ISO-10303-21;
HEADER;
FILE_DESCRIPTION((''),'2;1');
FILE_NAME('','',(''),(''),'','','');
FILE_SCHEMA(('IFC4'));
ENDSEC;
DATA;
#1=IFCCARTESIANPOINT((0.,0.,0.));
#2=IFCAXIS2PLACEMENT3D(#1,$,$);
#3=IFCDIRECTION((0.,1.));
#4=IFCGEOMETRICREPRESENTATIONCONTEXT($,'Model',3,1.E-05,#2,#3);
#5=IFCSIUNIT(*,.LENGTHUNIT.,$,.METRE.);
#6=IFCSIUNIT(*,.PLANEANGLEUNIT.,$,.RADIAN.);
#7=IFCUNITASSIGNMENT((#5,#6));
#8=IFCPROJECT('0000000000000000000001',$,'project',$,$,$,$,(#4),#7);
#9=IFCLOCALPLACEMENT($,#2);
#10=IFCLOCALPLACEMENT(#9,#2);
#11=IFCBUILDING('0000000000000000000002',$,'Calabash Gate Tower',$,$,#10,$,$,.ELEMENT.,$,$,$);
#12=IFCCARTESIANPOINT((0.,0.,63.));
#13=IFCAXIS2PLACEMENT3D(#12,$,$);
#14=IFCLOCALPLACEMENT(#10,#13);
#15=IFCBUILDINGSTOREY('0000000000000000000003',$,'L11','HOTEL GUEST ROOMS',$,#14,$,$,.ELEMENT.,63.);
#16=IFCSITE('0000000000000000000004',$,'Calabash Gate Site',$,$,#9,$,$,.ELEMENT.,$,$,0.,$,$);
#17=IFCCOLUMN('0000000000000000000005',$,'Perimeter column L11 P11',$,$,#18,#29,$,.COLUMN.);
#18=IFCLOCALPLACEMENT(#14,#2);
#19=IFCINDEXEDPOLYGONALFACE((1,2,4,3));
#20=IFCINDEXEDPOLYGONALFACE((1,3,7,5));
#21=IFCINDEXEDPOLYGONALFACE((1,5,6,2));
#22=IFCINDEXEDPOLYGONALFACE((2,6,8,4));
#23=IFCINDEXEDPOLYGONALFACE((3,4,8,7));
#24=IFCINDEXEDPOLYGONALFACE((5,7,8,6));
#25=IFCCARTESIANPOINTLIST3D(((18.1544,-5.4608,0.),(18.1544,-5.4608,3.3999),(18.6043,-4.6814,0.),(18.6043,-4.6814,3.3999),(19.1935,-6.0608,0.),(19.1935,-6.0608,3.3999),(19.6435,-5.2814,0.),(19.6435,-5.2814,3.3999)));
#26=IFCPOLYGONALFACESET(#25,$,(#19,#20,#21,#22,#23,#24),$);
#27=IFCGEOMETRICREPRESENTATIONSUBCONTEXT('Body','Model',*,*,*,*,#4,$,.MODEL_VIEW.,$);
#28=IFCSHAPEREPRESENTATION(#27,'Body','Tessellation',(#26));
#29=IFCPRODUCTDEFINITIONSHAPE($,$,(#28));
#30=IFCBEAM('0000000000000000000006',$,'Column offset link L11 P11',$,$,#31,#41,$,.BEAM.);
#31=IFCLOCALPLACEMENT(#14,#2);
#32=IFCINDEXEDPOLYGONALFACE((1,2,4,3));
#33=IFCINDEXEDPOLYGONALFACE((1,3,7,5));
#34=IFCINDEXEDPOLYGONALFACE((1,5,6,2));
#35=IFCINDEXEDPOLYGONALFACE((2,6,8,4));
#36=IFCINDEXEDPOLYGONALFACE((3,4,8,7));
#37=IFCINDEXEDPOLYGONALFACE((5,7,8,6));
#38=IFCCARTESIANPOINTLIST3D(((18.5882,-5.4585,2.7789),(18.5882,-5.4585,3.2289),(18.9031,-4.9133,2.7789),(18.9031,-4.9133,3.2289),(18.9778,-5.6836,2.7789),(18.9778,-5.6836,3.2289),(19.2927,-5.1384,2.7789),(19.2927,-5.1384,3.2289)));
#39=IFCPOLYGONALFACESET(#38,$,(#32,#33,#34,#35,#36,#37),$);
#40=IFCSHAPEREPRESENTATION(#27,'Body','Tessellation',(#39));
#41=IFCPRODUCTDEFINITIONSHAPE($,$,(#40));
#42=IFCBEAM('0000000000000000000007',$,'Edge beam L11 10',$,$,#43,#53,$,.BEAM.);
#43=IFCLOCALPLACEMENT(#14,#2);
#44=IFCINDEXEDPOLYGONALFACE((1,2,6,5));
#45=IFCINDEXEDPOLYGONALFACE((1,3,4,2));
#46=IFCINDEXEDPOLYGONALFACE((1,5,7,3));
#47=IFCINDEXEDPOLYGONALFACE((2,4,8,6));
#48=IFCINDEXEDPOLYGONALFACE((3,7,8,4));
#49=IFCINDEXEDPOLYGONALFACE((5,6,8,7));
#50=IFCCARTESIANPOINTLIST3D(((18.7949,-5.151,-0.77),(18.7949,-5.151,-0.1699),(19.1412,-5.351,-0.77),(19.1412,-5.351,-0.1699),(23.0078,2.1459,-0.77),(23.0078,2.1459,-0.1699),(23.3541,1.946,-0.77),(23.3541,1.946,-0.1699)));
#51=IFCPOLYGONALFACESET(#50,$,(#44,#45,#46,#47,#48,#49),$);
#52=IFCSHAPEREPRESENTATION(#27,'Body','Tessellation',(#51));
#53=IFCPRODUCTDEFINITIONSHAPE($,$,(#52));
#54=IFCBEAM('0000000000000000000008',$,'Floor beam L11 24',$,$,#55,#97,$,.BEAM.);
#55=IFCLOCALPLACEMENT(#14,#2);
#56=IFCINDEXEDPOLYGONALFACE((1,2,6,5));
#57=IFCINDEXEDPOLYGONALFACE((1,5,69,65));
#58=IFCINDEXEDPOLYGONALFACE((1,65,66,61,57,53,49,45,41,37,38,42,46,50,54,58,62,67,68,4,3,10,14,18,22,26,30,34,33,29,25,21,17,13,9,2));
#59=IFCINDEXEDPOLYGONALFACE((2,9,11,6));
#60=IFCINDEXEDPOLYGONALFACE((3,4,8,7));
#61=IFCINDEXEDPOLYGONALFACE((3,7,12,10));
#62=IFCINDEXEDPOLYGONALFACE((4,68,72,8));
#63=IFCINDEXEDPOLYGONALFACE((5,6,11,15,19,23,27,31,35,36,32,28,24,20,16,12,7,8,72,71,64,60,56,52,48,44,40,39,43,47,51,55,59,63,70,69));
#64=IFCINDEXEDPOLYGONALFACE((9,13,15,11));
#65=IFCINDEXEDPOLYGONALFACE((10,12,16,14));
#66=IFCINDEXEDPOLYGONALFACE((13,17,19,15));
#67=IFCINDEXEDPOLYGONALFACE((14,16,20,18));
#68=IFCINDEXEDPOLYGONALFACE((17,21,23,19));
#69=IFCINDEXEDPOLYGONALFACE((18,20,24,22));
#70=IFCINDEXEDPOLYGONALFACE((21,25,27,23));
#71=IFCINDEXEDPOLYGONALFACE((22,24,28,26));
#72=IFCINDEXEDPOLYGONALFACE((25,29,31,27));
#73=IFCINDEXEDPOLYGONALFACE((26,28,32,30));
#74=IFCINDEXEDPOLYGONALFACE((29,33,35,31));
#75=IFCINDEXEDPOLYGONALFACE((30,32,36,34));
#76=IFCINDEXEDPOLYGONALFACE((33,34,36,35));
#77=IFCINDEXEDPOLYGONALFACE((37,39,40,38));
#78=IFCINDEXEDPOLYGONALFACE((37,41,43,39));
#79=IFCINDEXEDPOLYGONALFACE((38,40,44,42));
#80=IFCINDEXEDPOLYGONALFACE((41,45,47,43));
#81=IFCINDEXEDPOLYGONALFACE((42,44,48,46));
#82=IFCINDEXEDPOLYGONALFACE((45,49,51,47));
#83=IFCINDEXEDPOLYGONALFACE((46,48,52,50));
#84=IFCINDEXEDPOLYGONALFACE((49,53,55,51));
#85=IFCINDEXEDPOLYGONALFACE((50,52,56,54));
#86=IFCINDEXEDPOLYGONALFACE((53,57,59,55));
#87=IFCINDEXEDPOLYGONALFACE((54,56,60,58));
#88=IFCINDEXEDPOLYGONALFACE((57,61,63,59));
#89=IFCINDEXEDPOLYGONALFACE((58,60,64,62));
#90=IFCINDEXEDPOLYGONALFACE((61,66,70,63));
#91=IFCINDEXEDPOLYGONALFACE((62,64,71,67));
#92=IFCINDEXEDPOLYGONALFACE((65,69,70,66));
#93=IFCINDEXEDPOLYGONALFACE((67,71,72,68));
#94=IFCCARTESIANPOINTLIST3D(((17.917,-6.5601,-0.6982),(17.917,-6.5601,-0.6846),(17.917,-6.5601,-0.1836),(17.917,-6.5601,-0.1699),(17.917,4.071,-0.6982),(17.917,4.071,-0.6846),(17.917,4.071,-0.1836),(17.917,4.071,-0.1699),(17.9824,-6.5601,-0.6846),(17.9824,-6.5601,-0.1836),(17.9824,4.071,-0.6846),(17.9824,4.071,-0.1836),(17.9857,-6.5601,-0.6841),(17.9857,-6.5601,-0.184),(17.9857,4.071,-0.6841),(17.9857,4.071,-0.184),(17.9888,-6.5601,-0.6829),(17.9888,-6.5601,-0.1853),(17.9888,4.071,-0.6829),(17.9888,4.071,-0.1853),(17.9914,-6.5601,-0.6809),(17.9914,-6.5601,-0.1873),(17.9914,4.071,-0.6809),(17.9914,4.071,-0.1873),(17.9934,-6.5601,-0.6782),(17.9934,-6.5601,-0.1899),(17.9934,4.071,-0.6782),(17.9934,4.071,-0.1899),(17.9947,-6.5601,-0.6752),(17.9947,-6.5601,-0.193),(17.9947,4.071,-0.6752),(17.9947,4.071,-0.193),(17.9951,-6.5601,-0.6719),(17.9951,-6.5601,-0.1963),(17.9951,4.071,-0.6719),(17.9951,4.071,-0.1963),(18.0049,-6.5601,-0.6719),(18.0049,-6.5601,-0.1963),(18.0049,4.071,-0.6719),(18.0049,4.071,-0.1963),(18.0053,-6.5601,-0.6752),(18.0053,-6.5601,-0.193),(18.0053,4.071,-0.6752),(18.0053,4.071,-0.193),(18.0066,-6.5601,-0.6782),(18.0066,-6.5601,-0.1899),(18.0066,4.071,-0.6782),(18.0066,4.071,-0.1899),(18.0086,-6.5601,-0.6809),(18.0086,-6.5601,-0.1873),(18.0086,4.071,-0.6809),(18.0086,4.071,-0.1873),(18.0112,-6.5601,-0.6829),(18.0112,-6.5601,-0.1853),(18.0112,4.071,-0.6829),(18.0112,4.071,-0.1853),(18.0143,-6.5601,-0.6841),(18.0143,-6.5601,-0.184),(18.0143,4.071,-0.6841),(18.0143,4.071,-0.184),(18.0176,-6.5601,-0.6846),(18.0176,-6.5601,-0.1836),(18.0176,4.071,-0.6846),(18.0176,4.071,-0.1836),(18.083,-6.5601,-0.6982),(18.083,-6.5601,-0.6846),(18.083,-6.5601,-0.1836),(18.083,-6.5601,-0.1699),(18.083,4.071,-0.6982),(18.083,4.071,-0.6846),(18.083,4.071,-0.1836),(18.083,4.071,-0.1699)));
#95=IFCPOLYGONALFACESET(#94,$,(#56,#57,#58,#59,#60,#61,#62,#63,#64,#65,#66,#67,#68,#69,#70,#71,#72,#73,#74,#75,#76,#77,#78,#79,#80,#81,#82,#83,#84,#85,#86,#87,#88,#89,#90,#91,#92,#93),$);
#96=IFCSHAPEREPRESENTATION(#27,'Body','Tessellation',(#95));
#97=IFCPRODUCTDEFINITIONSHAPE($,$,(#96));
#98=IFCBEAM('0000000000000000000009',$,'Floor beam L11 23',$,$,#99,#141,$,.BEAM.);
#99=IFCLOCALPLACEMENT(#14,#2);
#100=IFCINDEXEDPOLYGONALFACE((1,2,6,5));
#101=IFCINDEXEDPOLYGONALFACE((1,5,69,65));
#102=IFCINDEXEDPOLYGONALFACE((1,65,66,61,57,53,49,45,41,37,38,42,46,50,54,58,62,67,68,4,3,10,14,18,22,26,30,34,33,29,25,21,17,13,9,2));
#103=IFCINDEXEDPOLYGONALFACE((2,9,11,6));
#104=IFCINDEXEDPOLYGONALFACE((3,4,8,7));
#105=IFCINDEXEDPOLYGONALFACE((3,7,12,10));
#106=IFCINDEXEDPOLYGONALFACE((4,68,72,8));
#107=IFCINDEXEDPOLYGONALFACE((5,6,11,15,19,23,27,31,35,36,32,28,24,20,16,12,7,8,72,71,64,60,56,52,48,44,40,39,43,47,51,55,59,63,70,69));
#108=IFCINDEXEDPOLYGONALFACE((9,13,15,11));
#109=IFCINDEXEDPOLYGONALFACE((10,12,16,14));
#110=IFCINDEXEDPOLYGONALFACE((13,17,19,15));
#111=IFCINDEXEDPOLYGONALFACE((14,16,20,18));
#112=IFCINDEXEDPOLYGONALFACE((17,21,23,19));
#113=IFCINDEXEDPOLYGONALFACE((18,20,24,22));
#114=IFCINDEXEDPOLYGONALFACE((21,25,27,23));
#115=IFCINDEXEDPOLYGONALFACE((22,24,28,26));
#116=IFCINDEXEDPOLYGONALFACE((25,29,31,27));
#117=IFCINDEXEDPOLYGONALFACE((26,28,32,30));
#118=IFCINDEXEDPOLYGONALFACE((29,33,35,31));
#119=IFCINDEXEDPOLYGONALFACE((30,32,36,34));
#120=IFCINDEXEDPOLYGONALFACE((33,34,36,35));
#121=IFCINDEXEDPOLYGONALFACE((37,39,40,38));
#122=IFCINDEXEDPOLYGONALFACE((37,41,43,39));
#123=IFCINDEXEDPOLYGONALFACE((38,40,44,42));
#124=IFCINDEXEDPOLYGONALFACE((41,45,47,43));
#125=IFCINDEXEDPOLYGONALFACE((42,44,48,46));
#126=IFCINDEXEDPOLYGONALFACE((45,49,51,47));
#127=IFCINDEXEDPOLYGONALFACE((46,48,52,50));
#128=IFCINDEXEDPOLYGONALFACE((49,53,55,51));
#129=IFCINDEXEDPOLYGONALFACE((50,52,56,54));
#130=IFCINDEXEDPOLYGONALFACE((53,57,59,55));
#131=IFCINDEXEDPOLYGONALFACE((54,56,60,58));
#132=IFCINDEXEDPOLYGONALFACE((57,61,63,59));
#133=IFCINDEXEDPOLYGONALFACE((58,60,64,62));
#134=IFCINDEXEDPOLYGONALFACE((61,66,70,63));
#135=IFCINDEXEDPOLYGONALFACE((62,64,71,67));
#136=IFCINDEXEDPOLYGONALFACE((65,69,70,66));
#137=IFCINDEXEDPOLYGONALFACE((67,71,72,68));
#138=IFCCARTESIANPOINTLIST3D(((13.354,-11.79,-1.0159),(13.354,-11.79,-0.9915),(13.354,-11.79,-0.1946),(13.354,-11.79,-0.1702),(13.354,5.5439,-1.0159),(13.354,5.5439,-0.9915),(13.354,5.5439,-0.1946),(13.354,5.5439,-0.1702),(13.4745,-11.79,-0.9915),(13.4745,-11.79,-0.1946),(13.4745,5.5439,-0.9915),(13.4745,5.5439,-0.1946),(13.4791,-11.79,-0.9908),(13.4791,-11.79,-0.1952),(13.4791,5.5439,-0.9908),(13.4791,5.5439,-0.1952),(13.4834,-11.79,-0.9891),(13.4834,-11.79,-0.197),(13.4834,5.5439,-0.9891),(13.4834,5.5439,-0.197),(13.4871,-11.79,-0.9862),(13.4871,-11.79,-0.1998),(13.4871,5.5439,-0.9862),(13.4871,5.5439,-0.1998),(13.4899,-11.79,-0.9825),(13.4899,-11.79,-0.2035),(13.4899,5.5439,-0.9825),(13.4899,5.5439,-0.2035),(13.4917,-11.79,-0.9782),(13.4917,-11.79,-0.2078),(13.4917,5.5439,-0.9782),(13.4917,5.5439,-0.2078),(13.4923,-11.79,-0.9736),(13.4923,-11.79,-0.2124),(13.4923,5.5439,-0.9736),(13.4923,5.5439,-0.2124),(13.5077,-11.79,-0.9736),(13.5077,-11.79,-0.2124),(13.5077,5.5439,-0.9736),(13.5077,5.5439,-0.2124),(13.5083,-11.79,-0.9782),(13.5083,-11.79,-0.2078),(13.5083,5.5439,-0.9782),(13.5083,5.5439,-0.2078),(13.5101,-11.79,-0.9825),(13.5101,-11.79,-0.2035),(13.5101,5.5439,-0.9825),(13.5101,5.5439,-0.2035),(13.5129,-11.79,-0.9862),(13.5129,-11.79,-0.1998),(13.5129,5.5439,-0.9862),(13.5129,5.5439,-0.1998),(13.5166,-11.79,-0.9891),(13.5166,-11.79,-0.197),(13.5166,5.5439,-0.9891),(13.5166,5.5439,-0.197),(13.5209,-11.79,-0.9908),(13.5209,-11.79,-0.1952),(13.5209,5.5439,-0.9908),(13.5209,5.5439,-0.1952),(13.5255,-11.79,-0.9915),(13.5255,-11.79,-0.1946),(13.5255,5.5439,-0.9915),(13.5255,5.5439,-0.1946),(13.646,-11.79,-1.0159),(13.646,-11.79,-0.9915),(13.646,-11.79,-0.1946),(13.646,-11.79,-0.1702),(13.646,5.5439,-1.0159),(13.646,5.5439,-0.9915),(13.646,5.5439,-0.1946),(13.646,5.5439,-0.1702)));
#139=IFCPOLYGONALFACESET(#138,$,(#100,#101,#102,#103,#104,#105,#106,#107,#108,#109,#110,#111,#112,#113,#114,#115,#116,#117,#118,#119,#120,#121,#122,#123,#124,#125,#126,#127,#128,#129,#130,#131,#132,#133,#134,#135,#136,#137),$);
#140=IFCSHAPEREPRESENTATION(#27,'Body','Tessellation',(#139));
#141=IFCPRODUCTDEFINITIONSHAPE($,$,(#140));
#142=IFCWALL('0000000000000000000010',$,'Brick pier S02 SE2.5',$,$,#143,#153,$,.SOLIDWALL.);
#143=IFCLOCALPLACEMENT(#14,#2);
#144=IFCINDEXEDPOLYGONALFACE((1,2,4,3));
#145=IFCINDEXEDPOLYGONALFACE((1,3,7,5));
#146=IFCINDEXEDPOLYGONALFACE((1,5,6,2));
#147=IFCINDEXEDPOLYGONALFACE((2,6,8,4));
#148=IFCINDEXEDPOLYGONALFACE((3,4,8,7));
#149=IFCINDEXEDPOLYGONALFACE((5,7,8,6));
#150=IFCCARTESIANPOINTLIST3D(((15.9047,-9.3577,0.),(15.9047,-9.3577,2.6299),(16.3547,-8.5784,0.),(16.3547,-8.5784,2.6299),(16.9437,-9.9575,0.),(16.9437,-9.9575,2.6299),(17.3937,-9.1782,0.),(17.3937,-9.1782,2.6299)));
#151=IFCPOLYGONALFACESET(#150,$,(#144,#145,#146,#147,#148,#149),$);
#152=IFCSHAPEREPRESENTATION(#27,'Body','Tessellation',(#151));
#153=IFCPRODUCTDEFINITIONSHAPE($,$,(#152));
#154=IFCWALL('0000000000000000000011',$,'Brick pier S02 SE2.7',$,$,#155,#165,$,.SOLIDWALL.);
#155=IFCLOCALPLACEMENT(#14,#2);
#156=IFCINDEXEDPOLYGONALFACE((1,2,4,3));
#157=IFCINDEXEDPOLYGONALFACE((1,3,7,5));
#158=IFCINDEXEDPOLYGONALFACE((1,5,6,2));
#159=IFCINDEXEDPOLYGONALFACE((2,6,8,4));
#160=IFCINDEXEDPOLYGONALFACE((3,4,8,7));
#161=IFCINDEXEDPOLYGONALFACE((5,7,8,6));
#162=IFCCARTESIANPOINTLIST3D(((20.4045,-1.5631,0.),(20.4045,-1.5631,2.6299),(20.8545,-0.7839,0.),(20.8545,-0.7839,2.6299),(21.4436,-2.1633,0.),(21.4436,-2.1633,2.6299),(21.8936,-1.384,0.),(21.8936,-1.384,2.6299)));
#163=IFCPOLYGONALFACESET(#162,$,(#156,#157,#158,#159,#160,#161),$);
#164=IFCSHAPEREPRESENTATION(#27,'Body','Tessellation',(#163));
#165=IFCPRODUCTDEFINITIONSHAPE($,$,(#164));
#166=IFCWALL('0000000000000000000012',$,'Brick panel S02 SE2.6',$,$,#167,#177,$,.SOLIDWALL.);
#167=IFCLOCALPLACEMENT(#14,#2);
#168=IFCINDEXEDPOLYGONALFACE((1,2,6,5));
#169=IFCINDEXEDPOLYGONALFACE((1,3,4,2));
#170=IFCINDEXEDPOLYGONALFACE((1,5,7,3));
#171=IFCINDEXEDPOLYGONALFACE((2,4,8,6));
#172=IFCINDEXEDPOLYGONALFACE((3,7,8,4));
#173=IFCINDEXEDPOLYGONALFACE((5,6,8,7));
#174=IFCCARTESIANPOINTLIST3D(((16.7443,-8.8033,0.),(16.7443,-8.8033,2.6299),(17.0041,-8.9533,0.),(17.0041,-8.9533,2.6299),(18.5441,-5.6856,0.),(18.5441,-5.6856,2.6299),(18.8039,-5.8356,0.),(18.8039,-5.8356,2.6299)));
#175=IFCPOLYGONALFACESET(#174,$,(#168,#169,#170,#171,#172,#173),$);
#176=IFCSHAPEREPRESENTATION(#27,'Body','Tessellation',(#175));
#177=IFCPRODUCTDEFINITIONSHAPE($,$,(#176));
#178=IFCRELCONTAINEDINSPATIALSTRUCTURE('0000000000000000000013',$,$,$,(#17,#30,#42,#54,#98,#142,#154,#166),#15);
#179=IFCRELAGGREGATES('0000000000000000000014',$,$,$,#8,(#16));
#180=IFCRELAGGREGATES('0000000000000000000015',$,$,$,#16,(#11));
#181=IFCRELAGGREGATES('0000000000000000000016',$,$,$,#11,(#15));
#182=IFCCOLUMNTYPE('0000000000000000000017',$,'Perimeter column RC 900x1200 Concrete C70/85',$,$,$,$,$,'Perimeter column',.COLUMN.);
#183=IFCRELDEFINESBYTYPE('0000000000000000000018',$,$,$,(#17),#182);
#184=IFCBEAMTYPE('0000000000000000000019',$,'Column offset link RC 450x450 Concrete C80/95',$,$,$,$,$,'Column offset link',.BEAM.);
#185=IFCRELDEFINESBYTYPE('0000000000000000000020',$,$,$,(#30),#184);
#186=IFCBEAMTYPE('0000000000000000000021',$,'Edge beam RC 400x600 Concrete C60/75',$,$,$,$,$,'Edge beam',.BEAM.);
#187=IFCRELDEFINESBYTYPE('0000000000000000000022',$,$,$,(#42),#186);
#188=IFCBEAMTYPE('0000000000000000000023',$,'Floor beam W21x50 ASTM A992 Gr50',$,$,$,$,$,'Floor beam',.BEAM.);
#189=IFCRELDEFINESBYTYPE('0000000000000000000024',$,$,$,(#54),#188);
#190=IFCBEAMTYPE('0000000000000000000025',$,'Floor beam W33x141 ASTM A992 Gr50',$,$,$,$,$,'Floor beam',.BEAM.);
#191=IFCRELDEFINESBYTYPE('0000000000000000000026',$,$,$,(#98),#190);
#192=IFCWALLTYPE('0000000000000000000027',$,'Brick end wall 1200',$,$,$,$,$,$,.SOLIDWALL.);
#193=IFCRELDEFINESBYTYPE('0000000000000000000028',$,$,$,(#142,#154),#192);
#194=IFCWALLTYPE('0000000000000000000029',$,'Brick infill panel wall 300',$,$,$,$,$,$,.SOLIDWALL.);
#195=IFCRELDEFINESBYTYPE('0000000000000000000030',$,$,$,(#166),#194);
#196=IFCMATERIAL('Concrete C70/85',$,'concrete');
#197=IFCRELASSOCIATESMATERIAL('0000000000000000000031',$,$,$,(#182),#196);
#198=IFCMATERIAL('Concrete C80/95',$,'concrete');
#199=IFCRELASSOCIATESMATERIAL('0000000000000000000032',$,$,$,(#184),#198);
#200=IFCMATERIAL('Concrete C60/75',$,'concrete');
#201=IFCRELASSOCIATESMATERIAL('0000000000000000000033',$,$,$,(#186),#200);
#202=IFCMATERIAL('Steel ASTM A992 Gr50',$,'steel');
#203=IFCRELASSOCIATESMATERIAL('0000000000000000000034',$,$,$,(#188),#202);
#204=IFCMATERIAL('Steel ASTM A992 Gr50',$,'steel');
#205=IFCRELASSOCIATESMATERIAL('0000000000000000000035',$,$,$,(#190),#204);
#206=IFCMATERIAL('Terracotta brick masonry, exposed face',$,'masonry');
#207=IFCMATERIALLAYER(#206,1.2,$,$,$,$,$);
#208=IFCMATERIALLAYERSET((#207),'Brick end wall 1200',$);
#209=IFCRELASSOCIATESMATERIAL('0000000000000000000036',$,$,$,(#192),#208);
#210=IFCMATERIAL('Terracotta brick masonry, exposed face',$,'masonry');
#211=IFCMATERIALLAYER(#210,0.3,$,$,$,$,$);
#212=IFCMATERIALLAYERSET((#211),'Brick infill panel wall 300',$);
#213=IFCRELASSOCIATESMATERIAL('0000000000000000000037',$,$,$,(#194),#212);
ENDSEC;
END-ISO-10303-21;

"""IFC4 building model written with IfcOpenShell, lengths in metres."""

from ifc_helpers import new_model, si_unit, direction, frame, frame_2d, origin, origin_2d, place, context, subcontext, project, spatial, rectangle, i_section, extrude, material, layer, layer_set, material_profile, profile_set, type_object, element, save


model = new_model("IFC4")

# Units and contexts
model_context = context("Model", 3, precision=1e-05, world=origin(), true_north=direction((0.0, 1.0)))
body_context = subcontext(model_context, "Body", "Model", "MODEL_VIEW")
ifc_project = project(units=[si_unit("LENGTHUNIT", "METRE"), si_unit("PLANEANGLEUNIT", "RADIAN")], contexts=[model_context])

# Site, building, storey
site_placement = place(None, origin())
site = spatial("IfcSite", under=ifc_project, at=site_placement, Name="Calabash Gate Site", CompositionType="ELEMENT", RefElevation=0.0)
building_placement = place(site_placement, origin())
building = spatial("IfcBuilding", under=site, at=building_placement, Name="Calabash Gate Tower", CompositionType="ELEMENT")
storey_placement = place(building_placement, frame((0.0, 0.0, 63.0)))
storey = spatial("IfcBuildingStorey", under=building, at=storey_placement, Name="L11", Description="HOTEL GUEST ROOMS", CompositionType="ELEMENT", Elevation=63.0)

# Column
ifc_material_1 = material(Name="Concrete C70/85", Category="concrete")
ifc_material_profile_1 = material_profile(ifc_material_1, rectangle(XDim=0.8999, YDim=1.2, at=origin_2d()))
ifc_profile_set_1 = profile_set([ifc_material_profile_1], Name="Concrete C70/85")
column_type = type_object("IfcColumnType", Name="Perimeter column RC 900x1200 Concrete C70/85", ElementType="Perimeter column", PredefinedType="COLUMN", material=ifc_profile_set_1)
column_placement = place(storey_placement, frame((18.8989, -5.3711, 0.0), z_axis=(0.0, 0.0, 1.0), x_axis=(0.5, 0.866025, 0.0)))
element("IfcColumn", 1, at=column_placement, inside=storey, type_object=column_type, Name="Perimeter column L11 P11", PredefinedType="COLUMN", context=body_context, shape_type="SweptSolid", body=[
    extrude(rectangle(XDim=0.8999, YDim=1.2, at=origin_2d()), origin(), (0.0, 0.0, 1.0), 3.3999),
])

# Beams
ifc_material_2 = material(Name="Concrete C80/95", Category="concrete")
ifc_material_profile_2 = material_profile(ifc_material_2, rectangle(XDim=0.45, YDim=0.45, at=origin_2d()))
ifc_profile_set_2 = profile_set([ifc_material_profile_2], Name="Concrete C80/95")
beam_type_1 = type_object("IfcBeamType", Name="Column offset link RC 450x450 Concrete C80/95", ElementType="Column offset link", PredefinedType="BEAM", material=ifc_profile_set_2)
beam_1_placement = place(storey_placement, frame((18.783, -5.571, 3.0039), z_axis=(0.500226, 0.865895, 0.0), x_axis=(-0.865895, 0.500226, 0.0)))
element("IfcBeam", 2, at=beam_1_placement, inside=storey, type_object=beam_type_1, Name="Column offset link L11 P11", PredefinedType="BEAM", context=body_context, shape_type="SweptSolid", body=[
    extrude(rectangle(XDim=0.45, YDim=0.45, at=origin_2d()), origin(), (0.0, 0.0, 1.0), 0.6296),
])
ifc_material_3 = material(Name="Concrete C60/75", Category="concrete")
ifc_material_profile_3 = material_profile(ifc_material_3, rectangle(XDim=0.3999, YDim=0.6001, at=origin_2d()))
ifc_profile_set_3 = profile_set([ifc_material_profile_3], Name="Concrete C60/75")
beam_type_2 = type_object("IfcBeamType", Name="Edge beam RC 400x600 Concrete C60/75", ElementType="Edge beam", PredefinedType="BEAM", material=ifc_profile_set_3)
beam_2_placement = place(storey_placement, frame((18.968, -5.251, -0.47), z_axis=(0.500003, 0.866023, 0.0), x_axis=(-0.866023, 0.500003, 0.0)))
element("IfcBeam", 3, at=beam_2_placement, inside=storey, type_object=beam_type_2, Name="Edge beam L11 10", PredefinedType="BEAM", context=body_context, shape_type="SweptSolid", body=[
    extrude(rectangle(XDim=0.3999, YDim=0.6001, at=origin_2d()), origin(), (0.0, 0.0, 1.0), 8.4258),
])
ifc_material_4 = material(Name="Steel ASTM A992 Gr50", Category="steel")
ifc_material_profile_4 = material_profile(ifc_material_4, i_section(OverallWidth=0.166, OverallDepth=0.5283, WebThickness=0.0098, FlangeThickness=0.0137, FilletRadius=0.0127, at=origin_2d()))
ifc_profile_set_4 = profile_set([ifc_material_profile_4], Name="Steel ASTM A992 Gr50")
beam_type_3 = type_object("IfcBeamType", Name="Floor beam W21x50 ASTM A992 Gr50", ElementType="Floor beam", PredefinedType="BEAM", material=ifc_profile_set_4)
beam_3_placement = place(storey_placement, frame((18.0, -6.5601, -0.4341), z_axis=(0.0, 1.0, 0.0), x_axis=(-1.0, 0.0, 0.0)))
element("IfcBeam", 4, at=beam_3_placement, inside=storey, type_object=beam_type_3, Name="Floor beam L11 24", PredefinedType="BEAM", context=body_context, shape_type="SweptSolid", body=[
    extrude(i_section(OverallWidth=0.166, OverallDepth=0.5283, WebThickness=0.0098, FlangeThickness=0.0137, FilletRadius=0.0127, at=origin_2d()), origin(), (0.0, 0.0, 1.0), 10.6311),
])
ifc_material_5 = material(Name="Steel ASTM A992 Gr50", Category="steel")
ifc_material_profile_5 = material_profile(ifc_material_5, i_section(OverallWidth=0.292, OverallDepth=0.8457, WebThickness=0.0154, FlangeThickness=0.0244, FilletRadius=0.0178, at=origin_2d()))
ifc_profile_set_5 = profile_set([ifc_material_profile_5], Name="Steel ASTM A992 Gr50")
beam_type_4 = type_object("IfcBeamType", Name="Floor beam W33x141 ASTM A992 Gr50", ElementType="Floor beam", PredefinedType="BEAM", material=ifc_profile_set_5)
beam_4_placement = place(storey_placement, frame((13.5, -11.79, -0.593), z_axis=(0.0, 1.0, 0.0), x_axis=(-1.0, 0.0, 0.0)))
element("IfcBeam", 5, at=beam_4_placement, inside=storey, type_object=beam_type_4, Name="Floor beam L11 23", PredefinedType="BEAM", context=body_context, shape_type="SweptSolid", body=[
    extrude(i_section(OverallWidth=0.292, OverallDepth=0.8457, WebThickness=0.0154, FlangeThickness=0.0244, FilletRadius=0.0178, at=origin_2d()), origin(), (0.0, 0.0, 1.0), 17.334),
])

# Walls
ifc_material_6 = material(Name="Terracotta brick masonry, exposed face", Category="masonry")
ifc_layer_1 = layer(ifc_material_6, 1.2)
ifc_layer_set_1 = layer_set([ifc_layer_1], Name="Brick end wall 1200")
wall_type_1 = type_object("IfcWallType", Name="Brick end wall 1200", PredefinedType="SOLIDWALL", material=ifc_layer_set_1)
wall_1_placement = place(storey_placement, frame((17.1687, -9.5679, 0.0), z_axis=(0.0, 0.0, 1.0), x_axis=(-0.866043, 0.499969, 0.0)))
element("IfcWall", 6, at=wall_1_placement, inside=storey, type_object=wall_type_1, Name="Brick pier S02 SE2.5", PredefinedType="SOLIDWALL", context=body_context, shape_type="SweptSolid", body=[
    extrude(rectangle(XDim=1.1997, YDim=0.8999, at=frame_2d((0.5999, 0.0))), origin(), (0.0, 0.0, 1.0), 2.6299),
])
wall_2_placement = place(storey_placement, frame((21.6687, -1.7737, 0.0), z_axis=(0.0, 0.0, 1.0), x_axis=(-0.865955, 0.500122, 0.0)))
element("IfcWall", 7, at=wall_2_placement, inside=storey, type_object=wall_type_1, Name="Brick pier S02 SE2.7", PredefinedType="SOLIDWALL", context=body_context, shape_type="SweptSolid", body=[
    extrude(rectangle(XDim=1.2, YDim=0.8999, at=frame_2d((0.6001, 0.0))), origin(), (0.0, 0.0, 1.0), 2.6299),
])
ifc_material_7 = material(Name="Terracotta brick masonry, exposed face", Category="masonry")
ifc_layer_2 = layer(ifc_material_7, 0.3)
ifc_layer_set_2 = layer_set([ifc_layer_2], Name="Brick infill panel wall 300")
wall_type_2 = type_object("IfcWallType", Name="Brick infill panel wall 300", PredefinedType="SOLIDWALL", material=ifc_layer_set_2)
for number, where, z_axis, x_axis, name in (
    (8, (16.8743, -8.8782, 0.0), (0.0, 0.0, 1.0), (0.499961, 0.866048, 0.0), "Brick panel S02 SE2.6"),
):
    element("IfcWall", number, at=place(storey_placement, frame(where, z_axis=z_axis, x_axis=x_axis)), inside=storey, type_object=wall_type_2, Name=name, PredefinedType="SOLIDWALL", context=body_context, shape_type="SweptSolid", body=[
        extrude(rectangle(XDim=3.5999, YDim=0.3, at=frame_2d((1.7998, 0.0))), origin(), (0.0, 0.0, 1.0), 2.6299),
    ])

save(model, "model.ifc")
